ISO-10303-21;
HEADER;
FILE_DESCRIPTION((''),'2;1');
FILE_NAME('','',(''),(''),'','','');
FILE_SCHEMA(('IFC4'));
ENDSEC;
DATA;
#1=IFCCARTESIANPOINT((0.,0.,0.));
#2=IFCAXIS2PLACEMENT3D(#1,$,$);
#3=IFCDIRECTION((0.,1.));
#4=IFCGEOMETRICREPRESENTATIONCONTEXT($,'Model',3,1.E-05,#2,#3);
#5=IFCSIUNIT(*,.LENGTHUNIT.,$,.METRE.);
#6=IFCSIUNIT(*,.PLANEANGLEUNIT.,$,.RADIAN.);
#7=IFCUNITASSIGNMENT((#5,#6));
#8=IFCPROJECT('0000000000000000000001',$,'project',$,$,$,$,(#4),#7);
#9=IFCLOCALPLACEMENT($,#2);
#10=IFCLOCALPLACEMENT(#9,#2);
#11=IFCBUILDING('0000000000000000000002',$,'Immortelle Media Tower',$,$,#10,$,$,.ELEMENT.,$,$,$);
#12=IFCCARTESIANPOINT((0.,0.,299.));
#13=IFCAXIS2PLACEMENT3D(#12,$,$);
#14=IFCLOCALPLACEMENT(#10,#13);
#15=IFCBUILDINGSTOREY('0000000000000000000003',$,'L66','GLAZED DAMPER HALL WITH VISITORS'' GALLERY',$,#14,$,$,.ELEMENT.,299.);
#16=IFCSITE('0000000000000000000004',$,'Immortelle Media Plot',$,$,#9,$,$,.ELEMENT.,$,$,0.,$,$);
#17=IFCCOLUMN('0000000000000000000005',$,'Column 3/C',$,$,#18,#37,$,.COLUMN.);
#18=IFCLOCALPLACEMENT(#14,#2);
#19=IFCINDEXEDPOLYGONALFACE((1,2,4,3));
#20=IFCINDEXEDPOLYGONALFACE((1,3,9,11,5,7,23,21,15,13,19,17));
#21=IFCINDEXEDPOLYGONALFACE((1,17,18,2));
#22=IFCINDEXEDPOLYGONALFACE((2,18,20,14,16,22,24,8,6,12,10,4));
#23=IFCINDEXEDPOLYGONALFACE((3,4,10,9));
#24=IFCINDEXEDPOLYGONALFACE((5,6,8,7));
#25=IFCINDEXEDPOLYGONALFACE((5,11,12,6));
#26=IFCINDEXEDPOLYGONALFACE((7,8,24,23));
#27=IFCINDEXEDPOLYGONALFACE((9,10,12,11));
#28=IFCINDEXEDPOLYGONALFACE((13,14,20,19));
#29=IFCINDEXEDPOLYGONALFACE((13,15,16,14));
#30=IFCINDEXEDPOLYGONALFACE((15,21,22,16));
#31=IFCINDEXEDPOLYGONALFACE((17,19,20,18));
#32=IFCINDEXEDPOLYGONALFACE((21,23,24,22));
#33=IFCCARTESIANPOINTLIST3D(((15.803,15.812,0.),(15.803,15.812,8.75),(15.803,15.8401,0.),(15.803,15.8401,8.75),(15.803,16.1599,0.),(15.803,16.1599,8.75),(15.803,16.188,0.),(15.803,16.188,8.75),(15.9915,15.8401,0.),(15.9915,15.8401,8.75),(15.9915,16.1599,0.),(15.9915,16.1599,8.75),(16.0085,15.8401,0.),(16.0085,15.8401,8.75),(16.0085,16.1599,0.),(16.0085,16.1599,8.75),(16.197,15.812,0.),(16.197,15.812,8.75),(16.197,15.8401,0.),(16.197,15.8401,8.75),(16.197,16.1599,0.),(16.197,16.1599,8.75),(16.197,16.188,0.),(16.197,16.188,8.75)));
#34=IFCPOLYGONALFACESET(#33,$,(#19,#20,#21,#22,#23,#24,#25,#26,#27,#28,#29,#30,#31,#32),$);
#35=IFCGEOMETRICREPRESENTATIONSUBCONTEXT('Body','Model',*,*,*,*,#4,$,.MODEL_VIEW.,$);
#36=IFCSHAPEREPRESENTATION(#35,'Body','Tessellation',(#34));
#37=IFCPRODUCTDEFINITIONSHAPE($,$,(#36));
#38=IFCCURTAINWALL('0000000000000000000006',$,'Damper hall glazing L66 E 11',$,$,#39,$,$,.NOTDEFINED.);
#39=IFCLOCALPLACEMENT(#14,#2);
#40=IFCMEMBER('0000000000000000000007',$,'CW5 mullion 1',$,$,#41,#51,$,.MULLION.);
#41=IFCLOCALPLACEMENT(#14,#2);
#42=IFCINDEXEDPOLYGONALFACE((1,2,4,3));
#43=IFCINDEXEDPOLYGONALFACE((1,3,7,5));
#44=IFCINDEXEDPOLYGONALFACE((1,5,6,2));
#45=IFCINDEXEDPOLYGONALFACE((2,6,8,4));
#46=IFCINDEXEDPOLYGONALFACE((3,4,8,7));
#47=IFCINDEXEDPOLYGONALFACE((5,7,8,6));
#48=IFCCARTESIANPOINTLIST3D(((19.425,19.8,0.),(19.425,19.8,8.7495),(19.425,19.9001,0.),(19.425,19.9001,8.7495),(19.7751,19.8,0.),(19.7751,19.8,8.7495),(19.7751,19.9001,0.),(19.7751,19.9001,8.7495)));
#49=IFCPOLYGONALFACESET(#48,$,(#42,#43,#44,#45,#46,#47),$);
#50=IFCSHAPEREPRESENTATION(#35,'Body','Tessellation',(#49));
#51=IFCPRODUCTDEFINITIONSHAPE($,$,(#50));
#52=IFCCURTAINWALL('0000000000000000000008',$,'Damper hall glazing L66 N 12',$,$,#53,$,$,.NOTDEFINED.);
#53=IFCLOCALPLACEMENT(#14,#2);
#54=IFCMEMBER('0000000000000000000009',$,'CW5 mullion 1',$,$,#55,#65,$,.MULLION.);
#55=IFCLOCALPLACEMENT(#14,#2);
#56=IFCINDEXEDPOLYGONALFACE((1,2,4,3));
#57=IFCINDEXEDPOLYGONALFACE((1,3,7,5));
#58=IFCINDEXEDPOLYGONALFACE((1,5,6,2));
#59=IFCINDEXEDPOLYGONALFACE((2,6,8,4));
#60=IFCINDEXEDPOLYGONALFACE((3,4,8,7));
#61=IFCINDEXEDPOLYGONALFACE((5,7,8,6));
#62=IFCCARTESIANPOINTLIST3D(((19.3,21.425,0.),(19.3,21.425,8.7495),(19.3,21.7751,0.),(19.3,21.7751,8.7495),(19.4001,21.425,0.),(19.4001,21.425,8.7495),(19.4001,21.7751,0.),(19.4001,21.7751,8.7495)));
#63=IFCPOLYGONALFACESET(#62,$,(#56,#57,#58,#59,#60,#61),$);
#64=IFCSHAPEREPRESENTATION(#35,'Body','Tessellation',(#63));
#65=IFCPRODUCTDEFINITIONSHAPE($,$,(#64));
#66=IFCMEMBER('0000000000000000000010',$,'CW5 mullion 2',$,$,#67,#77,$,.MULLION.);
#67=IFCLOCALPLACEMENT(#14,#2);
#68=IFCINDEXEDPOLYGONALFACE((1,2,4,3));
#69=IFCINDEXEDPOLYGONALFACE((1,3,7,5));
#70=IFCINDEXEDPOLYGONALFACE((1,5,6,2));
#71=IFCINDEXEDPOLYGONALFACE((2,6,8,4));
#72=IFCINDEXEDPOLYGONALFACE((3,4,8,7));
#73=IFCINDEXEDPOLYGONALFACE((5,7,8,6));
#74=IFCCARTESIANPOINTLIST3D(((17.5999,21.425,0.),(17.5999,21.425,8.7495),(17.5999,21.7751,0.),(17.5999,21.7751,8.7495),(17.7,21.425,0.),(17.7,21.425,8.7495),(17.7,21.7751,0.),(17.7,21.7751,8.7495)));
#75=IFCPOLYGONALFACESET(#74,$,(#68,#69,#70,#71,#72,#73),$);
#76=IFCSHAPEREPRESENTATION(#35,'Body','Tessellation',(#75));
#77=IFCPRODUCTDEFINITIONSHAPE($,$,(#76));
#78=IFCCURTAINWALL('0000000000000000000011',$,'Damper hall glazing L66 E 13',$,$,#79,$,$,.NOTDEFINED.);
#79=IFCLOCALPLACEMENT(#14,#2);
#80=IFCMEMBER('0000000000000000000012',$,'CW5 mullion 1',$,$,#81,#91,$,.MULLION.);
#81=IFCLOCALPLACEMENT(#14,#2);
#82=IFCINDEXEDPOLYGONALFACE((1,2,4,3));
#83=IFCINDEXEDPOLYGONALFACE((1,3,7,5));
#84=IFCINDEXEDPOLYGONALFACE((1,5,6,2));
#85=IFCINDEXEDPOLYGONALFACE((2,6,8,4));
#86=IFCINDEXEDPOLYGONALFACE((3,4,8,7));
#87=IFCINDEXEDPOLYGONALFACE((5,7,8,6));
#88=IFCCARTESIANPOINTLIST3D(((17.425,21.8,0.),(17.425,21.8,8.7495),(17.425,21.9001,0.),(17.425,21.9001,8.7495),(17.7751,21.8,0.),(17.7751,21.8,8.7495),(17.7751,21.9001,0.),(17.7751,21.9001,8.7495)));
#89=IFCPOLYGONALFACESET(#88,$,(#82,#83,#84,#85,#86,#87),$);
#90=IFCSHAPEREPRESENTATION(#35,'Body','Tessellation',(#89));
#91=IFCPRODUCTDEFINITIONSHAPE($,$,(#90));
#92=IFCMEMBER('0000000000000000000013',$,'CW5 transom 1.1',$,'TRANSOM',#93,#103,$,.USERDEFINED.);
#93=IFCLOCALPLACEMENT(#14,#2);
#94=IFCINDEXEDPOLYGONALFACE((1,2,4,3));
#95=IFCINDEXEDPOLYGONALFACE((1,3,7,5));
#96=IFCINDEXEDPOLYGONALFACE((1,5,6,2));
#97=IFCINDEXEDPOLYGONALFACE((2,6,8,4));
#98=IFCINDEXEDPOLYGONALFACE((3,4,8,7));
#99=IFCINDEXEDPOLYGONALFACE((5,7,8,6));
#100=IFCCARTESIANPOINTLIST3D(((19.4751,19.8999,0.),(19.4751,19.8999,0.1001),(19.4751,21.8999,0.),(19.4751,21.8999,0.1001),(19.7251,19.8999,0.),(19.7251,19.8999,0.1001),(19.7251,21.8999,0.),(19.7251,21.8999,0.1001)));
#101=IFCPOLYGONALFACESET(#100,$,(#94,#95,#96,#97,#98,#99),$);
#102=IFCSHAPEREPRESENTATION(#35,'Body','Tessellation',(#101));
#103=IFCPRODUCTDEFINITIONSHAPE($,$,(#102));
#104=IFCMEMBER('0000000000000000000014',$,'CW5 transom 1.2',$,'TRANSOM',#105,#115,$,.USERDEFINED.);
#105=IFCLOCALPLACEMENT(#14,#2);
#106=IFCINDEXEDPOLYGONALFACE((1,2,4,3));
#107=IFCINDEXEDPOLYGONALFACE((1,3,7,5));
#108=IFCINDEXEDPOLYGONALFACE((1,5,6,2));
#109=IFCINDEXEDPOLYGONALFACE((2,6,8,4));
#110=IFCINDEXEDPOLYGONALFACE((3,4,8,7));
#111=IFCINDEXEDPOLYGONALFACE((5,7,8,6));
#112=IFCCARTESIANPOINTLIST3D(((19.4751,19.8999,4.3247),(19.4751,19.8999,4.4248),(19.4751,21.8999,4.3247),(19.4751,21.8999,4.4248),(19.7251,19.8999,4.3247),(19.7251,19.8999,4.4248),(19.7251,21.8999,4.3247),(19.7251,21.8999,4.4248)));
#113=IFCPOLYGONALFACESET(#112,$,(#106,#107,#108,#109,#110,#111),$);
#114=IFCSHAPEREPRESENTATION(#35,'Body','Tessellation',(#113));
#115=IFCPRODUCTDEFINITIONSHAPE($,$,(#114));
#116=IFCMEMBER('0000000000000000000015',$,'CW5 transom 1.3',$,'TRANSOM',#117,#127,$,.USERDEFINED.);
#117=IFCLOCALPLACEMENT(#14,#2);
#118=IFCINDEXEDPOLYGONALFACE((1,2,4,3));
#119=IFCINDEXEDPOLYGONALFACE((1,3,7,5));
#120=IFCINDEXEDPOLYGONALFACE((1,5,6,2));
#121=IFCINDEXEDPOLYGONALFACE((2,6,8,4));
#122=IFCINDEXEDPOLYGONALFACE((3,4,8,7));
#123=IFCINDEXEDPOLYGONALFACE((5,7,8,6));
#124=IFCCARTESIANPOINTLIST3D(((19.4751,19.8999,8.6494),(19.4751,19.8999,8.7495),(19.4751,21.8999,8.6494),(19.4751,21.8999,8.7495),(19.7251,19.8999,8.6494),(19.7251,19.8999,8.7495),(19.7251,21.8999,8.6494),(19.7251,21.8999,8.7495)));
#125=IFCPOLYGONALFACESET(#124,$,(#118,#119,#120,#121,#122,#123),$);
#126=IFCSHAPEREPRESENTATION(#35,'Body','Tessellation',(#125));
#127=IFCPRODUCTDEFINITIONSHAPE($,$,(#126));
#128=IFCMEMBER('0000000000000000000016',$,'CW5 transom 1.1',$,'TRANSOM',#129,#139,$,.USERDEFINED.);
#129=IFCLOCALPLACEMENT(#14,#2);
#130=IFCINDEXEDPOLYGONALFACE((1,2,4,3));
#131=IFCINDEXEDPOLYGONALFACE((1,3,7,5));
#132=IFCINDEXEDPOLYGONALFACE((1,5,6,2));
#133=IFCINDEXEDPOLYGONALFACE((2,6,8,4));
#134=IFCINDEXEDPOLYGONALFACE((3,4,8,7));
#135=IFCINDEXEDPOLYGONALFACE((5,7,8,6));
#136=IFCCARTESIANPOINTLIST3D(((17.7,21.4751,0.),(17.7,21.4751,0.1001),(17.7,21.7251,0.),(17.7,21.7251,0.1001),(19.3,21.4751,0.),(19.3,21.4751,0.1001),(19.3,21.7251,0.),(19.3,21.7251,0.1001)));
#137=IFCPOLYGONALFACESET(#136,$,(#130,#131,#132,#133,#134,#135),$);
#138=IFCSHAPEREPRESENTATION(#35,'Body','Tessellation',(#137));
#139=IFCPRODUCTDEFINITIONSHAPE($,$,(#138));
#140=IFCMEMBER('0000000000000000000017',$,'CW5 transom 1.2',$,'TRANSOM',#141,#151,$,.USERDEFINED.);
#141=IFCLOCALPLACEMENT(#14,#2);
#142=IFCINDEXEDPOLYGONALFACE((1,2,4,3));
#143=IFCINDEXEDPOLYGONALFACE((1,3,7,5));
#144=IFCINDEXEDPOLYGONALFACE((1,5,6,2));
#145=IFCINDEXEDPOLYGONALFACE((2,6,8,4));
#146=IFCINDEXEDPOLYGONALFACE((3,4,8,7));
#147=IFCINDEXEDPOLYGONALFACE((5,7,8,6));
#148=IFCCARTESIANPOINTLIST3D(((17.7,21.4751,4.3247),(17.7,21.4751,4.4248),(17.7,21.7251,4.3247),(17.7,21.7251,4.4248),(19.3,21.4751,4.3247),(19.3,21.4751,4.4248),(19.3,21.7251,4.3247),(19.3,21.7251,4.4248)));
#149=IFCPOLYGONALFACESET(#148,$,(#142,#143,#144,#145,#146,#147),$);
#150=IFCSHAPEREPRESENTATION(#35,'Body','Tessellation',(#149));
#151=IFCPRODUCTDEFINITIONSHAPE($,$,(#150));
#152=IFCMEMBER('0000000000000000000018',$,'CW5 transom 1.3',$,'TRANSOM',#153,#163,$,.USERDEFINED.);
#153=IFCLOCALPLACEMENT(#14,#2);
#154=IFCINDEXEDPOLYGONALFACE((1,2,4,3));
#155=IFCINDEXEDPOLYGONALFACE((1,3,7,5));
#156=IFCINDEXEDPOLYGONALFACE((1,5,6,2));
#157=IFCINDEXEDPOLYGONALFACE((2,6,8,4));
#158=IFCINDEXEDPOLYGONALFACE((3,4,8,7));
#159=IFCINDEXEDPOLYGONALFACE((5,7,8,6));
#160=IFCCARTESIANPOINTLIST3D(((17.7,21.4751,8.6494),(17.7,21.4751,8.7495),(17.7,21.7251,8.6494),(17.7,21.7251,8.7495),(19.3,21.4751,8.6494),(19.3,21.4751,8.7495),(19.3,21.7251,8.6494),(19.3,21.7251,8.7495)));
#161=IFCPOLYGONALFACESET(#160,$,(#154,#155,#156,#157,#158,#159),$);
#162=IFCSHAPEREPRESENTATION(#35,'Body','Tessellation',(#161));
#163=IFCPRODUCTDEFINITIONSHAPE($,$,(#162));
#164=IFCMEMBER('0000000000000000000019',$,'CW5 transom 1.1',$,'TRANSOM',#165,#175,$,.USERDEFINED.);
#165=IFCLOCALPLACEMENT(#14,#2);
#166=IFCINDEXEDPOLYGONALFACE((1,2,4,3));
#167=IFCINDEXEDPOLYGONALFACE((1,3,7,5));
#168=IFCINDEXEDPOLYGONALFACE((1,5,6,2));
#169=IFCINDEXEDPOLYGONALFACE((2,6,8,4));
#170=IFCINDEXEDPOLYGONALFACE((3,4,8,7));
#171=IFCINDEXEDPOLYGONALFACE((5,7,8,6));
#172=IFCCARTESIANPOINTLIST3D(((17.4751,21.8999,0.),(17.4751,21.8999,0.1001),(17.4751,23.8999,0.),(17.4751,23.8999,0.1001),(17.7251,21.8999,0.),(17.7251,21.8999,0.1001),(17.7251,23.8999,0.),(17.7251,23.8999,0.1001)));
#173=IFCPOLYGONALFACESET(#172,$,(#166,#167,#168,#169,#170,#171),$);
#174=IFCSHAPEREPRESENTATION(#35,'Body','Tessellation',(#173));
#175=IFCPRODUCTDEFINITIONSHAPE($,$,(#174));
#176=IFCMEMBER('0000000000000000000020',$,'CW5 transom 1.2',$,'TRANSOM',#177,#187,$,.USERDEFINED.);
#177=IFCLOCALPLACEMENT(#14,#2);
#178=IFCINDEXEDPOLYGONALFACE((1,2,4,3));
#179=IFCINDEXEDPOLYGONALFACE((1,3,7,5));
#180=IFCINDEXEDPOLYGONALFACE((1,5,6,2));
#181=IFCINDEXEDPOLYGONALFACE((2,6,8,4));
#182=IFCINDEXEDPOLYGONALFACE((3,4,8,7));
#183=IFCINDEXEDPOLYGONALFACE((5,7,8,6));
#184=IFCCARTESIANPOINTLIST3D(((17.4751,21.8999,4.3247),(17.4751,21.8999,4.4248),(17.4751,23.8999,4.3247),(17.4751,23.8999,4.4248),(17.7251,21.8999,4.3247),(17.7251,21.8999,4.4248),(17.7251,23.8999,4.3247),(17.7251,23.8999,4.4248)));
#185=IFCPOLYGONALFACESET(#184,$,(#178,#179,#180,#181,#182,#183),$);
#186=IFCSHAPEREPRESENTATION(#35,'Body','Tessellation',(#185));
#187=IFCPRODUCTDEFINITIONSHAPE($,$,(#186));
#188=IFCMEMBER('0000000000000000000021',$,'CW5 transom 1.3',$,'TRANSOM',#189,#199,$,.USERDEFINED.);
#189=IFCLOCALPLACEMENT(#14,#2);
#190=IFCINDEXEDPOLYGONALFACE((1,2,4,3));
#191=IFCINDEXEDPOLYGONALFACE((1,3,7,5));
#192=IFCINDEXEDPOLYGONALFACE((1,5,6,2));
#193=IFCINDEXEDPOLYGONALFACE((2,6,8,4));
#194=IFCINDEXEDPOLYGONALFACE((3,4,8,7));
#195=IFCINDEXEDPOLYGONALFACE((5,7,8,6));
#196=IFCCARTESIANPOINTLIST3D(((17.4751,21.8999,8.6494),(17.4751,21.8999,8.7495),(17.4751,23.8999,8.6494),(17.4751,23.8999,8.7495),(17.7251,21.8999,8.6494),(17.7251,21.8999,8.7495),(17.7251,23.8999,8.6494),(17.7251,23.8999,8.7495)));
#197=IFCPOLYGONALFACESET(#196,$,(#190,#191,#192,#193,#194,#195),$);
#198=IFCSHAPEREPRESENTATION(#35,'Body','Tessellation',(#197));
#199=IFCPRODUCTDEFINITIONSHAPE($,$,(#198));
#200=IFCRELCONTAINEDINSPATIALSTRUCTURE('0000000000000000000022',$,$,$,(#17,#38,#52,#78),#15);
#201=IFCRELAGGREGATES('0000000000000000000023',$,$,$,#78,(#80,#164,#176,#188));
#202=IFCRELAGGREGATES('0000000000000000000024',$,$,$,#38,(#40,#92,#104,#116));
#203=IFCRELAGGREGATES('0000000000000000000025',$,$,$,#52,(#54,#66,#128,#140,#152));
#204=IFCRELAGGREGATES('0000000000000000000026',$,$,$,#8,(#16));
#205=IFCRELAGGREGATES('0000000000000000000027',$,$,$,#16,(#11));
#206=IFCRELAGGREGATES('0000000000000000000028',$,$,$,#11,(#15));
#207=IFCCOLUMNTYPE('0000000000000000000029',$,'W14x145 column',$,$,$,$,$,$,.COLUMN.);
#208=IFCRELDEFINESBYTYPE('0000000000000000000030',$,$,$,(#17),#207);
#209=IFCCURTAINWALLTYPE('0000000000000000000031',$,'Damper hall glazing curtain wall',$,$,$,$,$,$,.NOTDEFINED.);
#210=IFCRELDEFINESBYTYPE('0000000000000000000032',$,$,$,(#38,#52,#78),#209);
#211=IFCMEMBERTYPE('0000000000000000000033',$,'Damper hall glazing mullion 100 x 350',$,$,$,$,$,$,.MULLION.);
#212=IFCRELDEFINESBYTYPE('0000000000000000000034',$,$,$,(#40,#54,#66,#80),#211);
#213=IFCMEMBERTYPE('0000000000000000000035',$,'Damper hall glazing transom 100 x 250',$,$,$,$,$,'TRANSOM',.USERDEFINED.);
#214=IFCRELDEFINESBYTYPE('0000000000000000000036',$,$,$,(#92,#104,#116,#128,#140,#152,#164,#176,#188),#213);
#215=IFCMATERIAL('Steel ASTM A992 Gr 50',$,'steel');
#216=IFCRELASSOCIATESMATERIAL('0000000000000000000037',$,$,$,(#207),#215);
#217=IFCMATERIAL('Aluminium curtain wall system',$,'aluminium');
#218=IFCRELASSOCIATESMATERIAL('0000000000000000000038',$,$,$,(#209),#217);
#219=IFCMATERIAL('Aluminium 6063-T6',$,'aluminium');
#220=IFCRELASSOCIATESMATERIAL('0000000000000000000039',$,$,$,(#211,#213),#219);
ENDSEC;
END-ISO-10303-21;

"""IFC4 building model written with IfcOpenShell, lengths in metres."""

from ifc_helpers import new_model, si_unit, direction, frame, origin, origin_2d, place, context, subcontext, project, spatial, rectangle, i_section, extrude, material, material_profile, profile_set, type_object, element, aggregate, save


model = new_model("IFC4")

# Units and contexts
model_context = context("Model", 3, precision=1e-05, world=origin(), true_north=direction((0.0, 1.0)))
body_context = subcontext(model_context, "Body", "Model", "MODEL_VIEW")
ifc_project = project(units=[si_unit("LENGTHUNIT", "METRE"), si_unit("PLANEANGLEUNIT", "RADIAN")], contexts=[model_context])

# Site, building, storey
site_placement = place(None, origin())
site = spatial("IfcSite", under=ifc_project, at=site_placement, Name="Immortelle Media Plot", CompositionType="ELEMENT", RefElevation=0.0)
building_placement = place(site_placement, origin())
building = spatial("IfcBuilding", under=site, at=building_placement, Name="Immortelle Media Tower", CompositionType="ELEMENT")
storey_placement = place(building_placement, frame((0.0, 0.0, 299.0)))
storey = spatial("IfcBuildingStorey", under=building, at=storey_placement, Name="L66", Description="GLAZED DAMPER HALL WITH VISITORS' GALLERY", CompositionType="ELEMENT", Elevation=299.0)

# Column
ifc_material_1 = material(Name="Steel ASTM A992 Gr 50", Category="steel")
ifc_material_profile_1 = material_profile(ifc_material_1, i_section(OverallWidth=0.394, OverallDepth=0.376, WebThickness=0.0171, FlangeThickness=0.0281, at=origin_2d()), Name="W14x145")
ifc_profile_set_1 = profile_set([ifc_material_profile_1], Name="Steel ASTM A992 Gr 50")
column_type = type_object("IfcColumnType", Name="W14x145 column", PredefinedType="COLUMN", material=ifc_profile_set_1)
column_placement = place(storey_placement, frame((16.0, 16.0, 0.0), z_axis=(0.0, 0.0, 1.0), x_axis=(1.0, 0.0, 0.0)))
element("IfcColumn", 1, at=column_placement, inside=storey, type_object=column_type, Name="Column 3/C", PredefinedType="COLUMN", context=body_context, shape_type="SweptSolid", body=[
    extrude(i_section(OverallWidth=0.394, OverallDepth=0.376, WebThickness=0.0171, FlangeThickness=0.0281, at=origin_2d()), origin(), (0.0, 0.0, 1.0), 8.75),
])

# Curtain wall, member
ifc_material_2 = material(Name="Aluminium curtain wall system", Category="aluminium")
curtain_wall_type = type_object("IfcCurtainWallType", Name="Damper hall glazing curtain wall", PredefinedType="NOTDEFINED", material=ifc_material_2)
curtain_wall_1_placement = place(storey_placement, origin())
curtain_wall_1 = element("IfcCurtainWall", 2, at=curtain_wall_1_placement, inside=storey, type_object=curtain_wall_type, Name="Damper hall glazing L66 E 11", PredefinedType="NOTDEFINED")
ifc_material_3 = material(Name="Aluminium 6063-T6", Category="aluminium")
ifc_material_profile_2 = material_profile(ifc_material_3, rectangle(XDim=0.3501, YDim=0.1001, at=origin_2d()), Name="AL 100x350")
ifc_profile_set_2 = profile_set([ifc_material_profile_2], Name="Aluminium 6063-T6")
member_type_1 = type_object("IfcMemberType", Name="Damper hall glazing mullion 100 x 350", PredefinedType="MULLION", material=ifc_profile_set_2)
member_1_placement = place(storey_placement, frame((19.6001, 19.8501, 0.0), z_axis=(0.0, 0.0, 1.0), x_axis=(-1.0, 0.0, 0.0)))
member_1 = element("IfcMember", 3, at=member_1_placement, type_object=member_type_1, Name="CW5 mullion 1", PredefinedType="MULLION", context=body_context, shape_type="SweptSolid", body=[
    extrude(rectangle(XDim=0.3501, YDim=0.1001, at=origin_2d()), origin(), (0.0, 0.0, 1.0), 8.7495),
])

# Curtain wall, members
curtain_wall_2_placement = place(storey_placement, origin())
curtain_wall_2 = element("IfcCurtainWall", 4, at=curtain_wall_2_placement, inside=storey, type_object=curtain_wall_type, Name="Damper hall glazing L66 N 12", PredefinedType="NOTDEFINED")
member_2_placement = place(storey_placement, frame((19.3501, 21.6001, 0.0), z_axis=(0.0, 0.0, 1.0), x_axis=(0.0, -1.0, 0.0)))
member_2 = element("IfcMember", 5, at=member_2_placement, type_object=member_type_1, Name="CW5 mullion 1", PredefinedType="MULLION", context=body_context, shape_type="SweptSolid", body=[
    extrude(rectangle(XDim=0.3501, YDim=0.1001, at=origin_2d()), origin(), (0.0, 0.0, 1.0), 8.7495),
])
member_3_placement = place(storey_placement, frame((17.6499, 21.6001, 0.0), z_axis=(0.0, 0.0, 1.0), x_axis=(0.0, -1.0, 0.0)))
member_3 = element("IfcMember", 6, at=member_3_placement, type_object=member_type_1, Name="CW5 mullion 2", PredefinedType="MULLION", context=body_context, shape_type="SweptSolid", body=[
    extrude(rectangle(XDim=0.3501, YDim=0.1001, at=origin_2d()), origin(), (0.0, 0.0, 1.0), 8.7495),
])

# Curtain wall, member
curtain_wall_3_placement = place(storey_placement, origin())
curtain_wall_3 = element("IfcCurtainWall", 7, at=curtain_wall_3_placement, inside=storey, type_object=curtain_wall_type, Name="Damper hall glazing L66 E 13", PredefinedType="NOTDEFINED")
member_4_placement = place(storey_placement, frame((17.6001, 21.8501, 0.0), z_axis=(0.0, 0.0, 1.0), x_axis=(-1.0, 0.0, 0.0)))
member_4 = element("IfcMember", 8, at=member_4_placement, type_object=member_type_1, Name="CW5 mullion 1", PredefinedType="MULLION", context=body_context, shape_type="SweptSolid", body=[
    extrude(rectangle(XDim=0.3501, YDim=0.1001, at=origin_2d()), origin(), (0.0, 0.0, 1.0), 8.7495),
])

# Members
ifc_material_profile_3 = material_profile(ifc_material_3, rectangle(XDim=0.25, YDim=0.1001, at=origin_2d()), Name="AL 100x250")
ifc_profile_set_3 = profile_set([ifc_material_profile_3], Name="Aluminium 6063-T6")
member_type_2 = type_object("IfcMemberType", Name="Damper hall glazing transom 100 x 250", ElementType="TRANSOM", PredefinedType="USERDEFINED", material=ifc_profile_set_3)
member_5_placement = place(storey_placement, frame((19.6001, 19.8999, 0.05), z_axis=(0.0, 1.0, 0.0), x_axis=(-1.0, 0.0, 0.0)))
member_5 = element("IfcMember", 9, at=member_5_placement, type_object=member_type_2, Name="CW5 transom 1.1", ObjectType="TRANSOM", PredefinedType="USERDEFINED", context=body_context, shape_type="SweptSolid", body=[
    extrude(rectangle(XDim=0.25, YDim=0.1001, at=origin_2d()), origin(), (0.0, 0.0, 1.0), 2.0),
])
member_6_placement = place(storey_placement, frame((19.6001, 19.8999, 4.3748), z_axis=(0.0, 1.0, 0.0), x_axis=(-1.0, 0.0, 0.0)))
member_6 = element("IfcMember", 10, at=member_6_placement, type_object=member_type_2, Name="CW5 transom 1.2", ObjectType="TRANSOM", PredefinedType="USERDEFINED", context=body_context, shape_type="SweptSolid", body=[
    extrude(rectangle(XDim=0.25, YDim=0.1001, at=origin_2d()), origin(), (0.0, 0.0, 1.0), 2.0),
])
member_7_placement = place(storey_placement, frame((19.6001, 19.8999, 8.6995), z_axis=(0.0, 1.0, 0.0), x_axis=(-1.0, 0.0, 0.0)))
member_7 = element("IfcMember", 11, at=member_7_placement, type_object=member_type_2, Name="CW5 transom 1.3", ObjectType="TRANSOM", PredefinedType="USERDEFINED", context=body_context, shape_type="SweptSolid", body=[
    extrude(rectangle(XDim=0.25, YDim=0.1001, at=origin_2d()), origin(), (0.0, 0.0, 1.0), 2.0),
])
member_8_placement = place(storey_placement, frame((19.3, 21.6001, 0.05), z_axis=(-1.0, 0.0, 0.0), x_axis=(0.0, -1.0, 0.0)))
member_8 = element("IfcMember", 12, at=member_8_placement, type_object=member_type_2, Name="CW5 transom 1.1", ObjectType="TRANSOM", PredefinedType="USERDEFINED", context=body_context, shape_type="SweptSolid", body=[
    extrude(rectangle(XDim=0.25, YDim=0.1001, at=origin_2d()), origin(), (0.0, 0.0, 1.0), 1.6001),
])
member_9_placement = place(storey_placement, frame((19.3, 21.6001, 4.3748), z_axis=(-1.0, 0.0, 0.0), x_axis=(0.0, -1.0, 0.0)))
member_9 = element("IfcMember", 13, at=member_9_placement, type_object=member_type_2, Name="CW5 transom 1.2", ObjectType="TRANSOM", PredefinedType="USERDEFINED", context=body_context, shape_type="SweptSolid", body=[
    extrude(rectangle(XDim=0.25, YDim=0.1001, at=origin_2d()), origin(), (0.0, 0.0, 1.0), 1.6001),
])
member_10_placement = place(storey_placement, frame((19.3, 21.6001, 8.6995), z_axis=(-1.0, 0.0, 0.0), x_axis=(0.0, -1.0, 0.0)))
member_10 = element("IfcMember", 14, at=member_10_placement, type_object=member_type_2, Name="CW5 transom 1.3", ObjectType="TRANSOM", PredefinedType="USERDEFINED", context=body_context, shape_type="SweptSolid", body=[
    extrude(rectangle(XDim=0.25, YDim=0.1001, at=origin_2d()), origin(), (0.0, 0.0, 1.0), 1.6001),
])
member_11_placement = place(storey_placement, frame((17.6001, 21.8999, 0.05), z_axis=(0.0, 1.0, 0.0), x_axis=(-1.0, 0.0, 0.0)))
member_11 = element("IfcMember", 15, at=member_11_placement, type_object=member_type_2, Name="CW5 transom 1.1", ObjectType="TRANSOM", PredefinedType="USERDEFINED", context=body_context, shape_type="SweptSolid", body=[
    extrude(rectangle(XDim=0.25, YDim=0.1001, at=origin_2d()), origin(), (0.0, 0.0, 1.0), 2.0),
])
member_12_placement = place(storey_placement, frame((17.6001, 21.8999, 4.3748), z_axis=(0.0, 1.0, 0.0), x_axis=(-1.0, 0.0, 0.0)))
member_12 = element("IfcMember", 16, at=member_12_placement, type_object=member_type_2, Name="CW5 transom 1.2", ObjectType="TRANSOM", PredefinedType="USERDEFINED", context=body_context, shape_type="SweptSolid", body=[
    extrude(rectangle(XDim=0.25, YDim=0.1001, at=origin_2d()), origin(), (0.0, 0.0, 1.0), 2.0),
])
member_13_placement = place(storey_placement, frame((17.6001, 21.8999, 8.6995), z_axis=(0.0, 1.0, 0.0), x_axis=(-1.0, 0.0, 0.0)))
member_13 = element("IfcMember", 17, at=member_13_placement, type_object=member_type_2, Name="CW5 transom 1.3", ObjectType="TRANSOM", PredefinedType="USERDEFINED", context=body_context, shape_type="SweptSolid", body=[
    extrude(rectangle(XDim=0.25, YDim=0.1001, at=origin_2d()), origin(), (0.0, 0.0, 1.0), 2.0),
])
aggregate(curtain_wall_3, [member_4, member_11, member_12, member_13])

aggregate(curtain_wall_1, [member_1, member_5, member_6, member_7])
aggregate(curtain_wall_2, [member_2, member_3, member_8, member_9, member_10])

save(model, "model.ifc")
